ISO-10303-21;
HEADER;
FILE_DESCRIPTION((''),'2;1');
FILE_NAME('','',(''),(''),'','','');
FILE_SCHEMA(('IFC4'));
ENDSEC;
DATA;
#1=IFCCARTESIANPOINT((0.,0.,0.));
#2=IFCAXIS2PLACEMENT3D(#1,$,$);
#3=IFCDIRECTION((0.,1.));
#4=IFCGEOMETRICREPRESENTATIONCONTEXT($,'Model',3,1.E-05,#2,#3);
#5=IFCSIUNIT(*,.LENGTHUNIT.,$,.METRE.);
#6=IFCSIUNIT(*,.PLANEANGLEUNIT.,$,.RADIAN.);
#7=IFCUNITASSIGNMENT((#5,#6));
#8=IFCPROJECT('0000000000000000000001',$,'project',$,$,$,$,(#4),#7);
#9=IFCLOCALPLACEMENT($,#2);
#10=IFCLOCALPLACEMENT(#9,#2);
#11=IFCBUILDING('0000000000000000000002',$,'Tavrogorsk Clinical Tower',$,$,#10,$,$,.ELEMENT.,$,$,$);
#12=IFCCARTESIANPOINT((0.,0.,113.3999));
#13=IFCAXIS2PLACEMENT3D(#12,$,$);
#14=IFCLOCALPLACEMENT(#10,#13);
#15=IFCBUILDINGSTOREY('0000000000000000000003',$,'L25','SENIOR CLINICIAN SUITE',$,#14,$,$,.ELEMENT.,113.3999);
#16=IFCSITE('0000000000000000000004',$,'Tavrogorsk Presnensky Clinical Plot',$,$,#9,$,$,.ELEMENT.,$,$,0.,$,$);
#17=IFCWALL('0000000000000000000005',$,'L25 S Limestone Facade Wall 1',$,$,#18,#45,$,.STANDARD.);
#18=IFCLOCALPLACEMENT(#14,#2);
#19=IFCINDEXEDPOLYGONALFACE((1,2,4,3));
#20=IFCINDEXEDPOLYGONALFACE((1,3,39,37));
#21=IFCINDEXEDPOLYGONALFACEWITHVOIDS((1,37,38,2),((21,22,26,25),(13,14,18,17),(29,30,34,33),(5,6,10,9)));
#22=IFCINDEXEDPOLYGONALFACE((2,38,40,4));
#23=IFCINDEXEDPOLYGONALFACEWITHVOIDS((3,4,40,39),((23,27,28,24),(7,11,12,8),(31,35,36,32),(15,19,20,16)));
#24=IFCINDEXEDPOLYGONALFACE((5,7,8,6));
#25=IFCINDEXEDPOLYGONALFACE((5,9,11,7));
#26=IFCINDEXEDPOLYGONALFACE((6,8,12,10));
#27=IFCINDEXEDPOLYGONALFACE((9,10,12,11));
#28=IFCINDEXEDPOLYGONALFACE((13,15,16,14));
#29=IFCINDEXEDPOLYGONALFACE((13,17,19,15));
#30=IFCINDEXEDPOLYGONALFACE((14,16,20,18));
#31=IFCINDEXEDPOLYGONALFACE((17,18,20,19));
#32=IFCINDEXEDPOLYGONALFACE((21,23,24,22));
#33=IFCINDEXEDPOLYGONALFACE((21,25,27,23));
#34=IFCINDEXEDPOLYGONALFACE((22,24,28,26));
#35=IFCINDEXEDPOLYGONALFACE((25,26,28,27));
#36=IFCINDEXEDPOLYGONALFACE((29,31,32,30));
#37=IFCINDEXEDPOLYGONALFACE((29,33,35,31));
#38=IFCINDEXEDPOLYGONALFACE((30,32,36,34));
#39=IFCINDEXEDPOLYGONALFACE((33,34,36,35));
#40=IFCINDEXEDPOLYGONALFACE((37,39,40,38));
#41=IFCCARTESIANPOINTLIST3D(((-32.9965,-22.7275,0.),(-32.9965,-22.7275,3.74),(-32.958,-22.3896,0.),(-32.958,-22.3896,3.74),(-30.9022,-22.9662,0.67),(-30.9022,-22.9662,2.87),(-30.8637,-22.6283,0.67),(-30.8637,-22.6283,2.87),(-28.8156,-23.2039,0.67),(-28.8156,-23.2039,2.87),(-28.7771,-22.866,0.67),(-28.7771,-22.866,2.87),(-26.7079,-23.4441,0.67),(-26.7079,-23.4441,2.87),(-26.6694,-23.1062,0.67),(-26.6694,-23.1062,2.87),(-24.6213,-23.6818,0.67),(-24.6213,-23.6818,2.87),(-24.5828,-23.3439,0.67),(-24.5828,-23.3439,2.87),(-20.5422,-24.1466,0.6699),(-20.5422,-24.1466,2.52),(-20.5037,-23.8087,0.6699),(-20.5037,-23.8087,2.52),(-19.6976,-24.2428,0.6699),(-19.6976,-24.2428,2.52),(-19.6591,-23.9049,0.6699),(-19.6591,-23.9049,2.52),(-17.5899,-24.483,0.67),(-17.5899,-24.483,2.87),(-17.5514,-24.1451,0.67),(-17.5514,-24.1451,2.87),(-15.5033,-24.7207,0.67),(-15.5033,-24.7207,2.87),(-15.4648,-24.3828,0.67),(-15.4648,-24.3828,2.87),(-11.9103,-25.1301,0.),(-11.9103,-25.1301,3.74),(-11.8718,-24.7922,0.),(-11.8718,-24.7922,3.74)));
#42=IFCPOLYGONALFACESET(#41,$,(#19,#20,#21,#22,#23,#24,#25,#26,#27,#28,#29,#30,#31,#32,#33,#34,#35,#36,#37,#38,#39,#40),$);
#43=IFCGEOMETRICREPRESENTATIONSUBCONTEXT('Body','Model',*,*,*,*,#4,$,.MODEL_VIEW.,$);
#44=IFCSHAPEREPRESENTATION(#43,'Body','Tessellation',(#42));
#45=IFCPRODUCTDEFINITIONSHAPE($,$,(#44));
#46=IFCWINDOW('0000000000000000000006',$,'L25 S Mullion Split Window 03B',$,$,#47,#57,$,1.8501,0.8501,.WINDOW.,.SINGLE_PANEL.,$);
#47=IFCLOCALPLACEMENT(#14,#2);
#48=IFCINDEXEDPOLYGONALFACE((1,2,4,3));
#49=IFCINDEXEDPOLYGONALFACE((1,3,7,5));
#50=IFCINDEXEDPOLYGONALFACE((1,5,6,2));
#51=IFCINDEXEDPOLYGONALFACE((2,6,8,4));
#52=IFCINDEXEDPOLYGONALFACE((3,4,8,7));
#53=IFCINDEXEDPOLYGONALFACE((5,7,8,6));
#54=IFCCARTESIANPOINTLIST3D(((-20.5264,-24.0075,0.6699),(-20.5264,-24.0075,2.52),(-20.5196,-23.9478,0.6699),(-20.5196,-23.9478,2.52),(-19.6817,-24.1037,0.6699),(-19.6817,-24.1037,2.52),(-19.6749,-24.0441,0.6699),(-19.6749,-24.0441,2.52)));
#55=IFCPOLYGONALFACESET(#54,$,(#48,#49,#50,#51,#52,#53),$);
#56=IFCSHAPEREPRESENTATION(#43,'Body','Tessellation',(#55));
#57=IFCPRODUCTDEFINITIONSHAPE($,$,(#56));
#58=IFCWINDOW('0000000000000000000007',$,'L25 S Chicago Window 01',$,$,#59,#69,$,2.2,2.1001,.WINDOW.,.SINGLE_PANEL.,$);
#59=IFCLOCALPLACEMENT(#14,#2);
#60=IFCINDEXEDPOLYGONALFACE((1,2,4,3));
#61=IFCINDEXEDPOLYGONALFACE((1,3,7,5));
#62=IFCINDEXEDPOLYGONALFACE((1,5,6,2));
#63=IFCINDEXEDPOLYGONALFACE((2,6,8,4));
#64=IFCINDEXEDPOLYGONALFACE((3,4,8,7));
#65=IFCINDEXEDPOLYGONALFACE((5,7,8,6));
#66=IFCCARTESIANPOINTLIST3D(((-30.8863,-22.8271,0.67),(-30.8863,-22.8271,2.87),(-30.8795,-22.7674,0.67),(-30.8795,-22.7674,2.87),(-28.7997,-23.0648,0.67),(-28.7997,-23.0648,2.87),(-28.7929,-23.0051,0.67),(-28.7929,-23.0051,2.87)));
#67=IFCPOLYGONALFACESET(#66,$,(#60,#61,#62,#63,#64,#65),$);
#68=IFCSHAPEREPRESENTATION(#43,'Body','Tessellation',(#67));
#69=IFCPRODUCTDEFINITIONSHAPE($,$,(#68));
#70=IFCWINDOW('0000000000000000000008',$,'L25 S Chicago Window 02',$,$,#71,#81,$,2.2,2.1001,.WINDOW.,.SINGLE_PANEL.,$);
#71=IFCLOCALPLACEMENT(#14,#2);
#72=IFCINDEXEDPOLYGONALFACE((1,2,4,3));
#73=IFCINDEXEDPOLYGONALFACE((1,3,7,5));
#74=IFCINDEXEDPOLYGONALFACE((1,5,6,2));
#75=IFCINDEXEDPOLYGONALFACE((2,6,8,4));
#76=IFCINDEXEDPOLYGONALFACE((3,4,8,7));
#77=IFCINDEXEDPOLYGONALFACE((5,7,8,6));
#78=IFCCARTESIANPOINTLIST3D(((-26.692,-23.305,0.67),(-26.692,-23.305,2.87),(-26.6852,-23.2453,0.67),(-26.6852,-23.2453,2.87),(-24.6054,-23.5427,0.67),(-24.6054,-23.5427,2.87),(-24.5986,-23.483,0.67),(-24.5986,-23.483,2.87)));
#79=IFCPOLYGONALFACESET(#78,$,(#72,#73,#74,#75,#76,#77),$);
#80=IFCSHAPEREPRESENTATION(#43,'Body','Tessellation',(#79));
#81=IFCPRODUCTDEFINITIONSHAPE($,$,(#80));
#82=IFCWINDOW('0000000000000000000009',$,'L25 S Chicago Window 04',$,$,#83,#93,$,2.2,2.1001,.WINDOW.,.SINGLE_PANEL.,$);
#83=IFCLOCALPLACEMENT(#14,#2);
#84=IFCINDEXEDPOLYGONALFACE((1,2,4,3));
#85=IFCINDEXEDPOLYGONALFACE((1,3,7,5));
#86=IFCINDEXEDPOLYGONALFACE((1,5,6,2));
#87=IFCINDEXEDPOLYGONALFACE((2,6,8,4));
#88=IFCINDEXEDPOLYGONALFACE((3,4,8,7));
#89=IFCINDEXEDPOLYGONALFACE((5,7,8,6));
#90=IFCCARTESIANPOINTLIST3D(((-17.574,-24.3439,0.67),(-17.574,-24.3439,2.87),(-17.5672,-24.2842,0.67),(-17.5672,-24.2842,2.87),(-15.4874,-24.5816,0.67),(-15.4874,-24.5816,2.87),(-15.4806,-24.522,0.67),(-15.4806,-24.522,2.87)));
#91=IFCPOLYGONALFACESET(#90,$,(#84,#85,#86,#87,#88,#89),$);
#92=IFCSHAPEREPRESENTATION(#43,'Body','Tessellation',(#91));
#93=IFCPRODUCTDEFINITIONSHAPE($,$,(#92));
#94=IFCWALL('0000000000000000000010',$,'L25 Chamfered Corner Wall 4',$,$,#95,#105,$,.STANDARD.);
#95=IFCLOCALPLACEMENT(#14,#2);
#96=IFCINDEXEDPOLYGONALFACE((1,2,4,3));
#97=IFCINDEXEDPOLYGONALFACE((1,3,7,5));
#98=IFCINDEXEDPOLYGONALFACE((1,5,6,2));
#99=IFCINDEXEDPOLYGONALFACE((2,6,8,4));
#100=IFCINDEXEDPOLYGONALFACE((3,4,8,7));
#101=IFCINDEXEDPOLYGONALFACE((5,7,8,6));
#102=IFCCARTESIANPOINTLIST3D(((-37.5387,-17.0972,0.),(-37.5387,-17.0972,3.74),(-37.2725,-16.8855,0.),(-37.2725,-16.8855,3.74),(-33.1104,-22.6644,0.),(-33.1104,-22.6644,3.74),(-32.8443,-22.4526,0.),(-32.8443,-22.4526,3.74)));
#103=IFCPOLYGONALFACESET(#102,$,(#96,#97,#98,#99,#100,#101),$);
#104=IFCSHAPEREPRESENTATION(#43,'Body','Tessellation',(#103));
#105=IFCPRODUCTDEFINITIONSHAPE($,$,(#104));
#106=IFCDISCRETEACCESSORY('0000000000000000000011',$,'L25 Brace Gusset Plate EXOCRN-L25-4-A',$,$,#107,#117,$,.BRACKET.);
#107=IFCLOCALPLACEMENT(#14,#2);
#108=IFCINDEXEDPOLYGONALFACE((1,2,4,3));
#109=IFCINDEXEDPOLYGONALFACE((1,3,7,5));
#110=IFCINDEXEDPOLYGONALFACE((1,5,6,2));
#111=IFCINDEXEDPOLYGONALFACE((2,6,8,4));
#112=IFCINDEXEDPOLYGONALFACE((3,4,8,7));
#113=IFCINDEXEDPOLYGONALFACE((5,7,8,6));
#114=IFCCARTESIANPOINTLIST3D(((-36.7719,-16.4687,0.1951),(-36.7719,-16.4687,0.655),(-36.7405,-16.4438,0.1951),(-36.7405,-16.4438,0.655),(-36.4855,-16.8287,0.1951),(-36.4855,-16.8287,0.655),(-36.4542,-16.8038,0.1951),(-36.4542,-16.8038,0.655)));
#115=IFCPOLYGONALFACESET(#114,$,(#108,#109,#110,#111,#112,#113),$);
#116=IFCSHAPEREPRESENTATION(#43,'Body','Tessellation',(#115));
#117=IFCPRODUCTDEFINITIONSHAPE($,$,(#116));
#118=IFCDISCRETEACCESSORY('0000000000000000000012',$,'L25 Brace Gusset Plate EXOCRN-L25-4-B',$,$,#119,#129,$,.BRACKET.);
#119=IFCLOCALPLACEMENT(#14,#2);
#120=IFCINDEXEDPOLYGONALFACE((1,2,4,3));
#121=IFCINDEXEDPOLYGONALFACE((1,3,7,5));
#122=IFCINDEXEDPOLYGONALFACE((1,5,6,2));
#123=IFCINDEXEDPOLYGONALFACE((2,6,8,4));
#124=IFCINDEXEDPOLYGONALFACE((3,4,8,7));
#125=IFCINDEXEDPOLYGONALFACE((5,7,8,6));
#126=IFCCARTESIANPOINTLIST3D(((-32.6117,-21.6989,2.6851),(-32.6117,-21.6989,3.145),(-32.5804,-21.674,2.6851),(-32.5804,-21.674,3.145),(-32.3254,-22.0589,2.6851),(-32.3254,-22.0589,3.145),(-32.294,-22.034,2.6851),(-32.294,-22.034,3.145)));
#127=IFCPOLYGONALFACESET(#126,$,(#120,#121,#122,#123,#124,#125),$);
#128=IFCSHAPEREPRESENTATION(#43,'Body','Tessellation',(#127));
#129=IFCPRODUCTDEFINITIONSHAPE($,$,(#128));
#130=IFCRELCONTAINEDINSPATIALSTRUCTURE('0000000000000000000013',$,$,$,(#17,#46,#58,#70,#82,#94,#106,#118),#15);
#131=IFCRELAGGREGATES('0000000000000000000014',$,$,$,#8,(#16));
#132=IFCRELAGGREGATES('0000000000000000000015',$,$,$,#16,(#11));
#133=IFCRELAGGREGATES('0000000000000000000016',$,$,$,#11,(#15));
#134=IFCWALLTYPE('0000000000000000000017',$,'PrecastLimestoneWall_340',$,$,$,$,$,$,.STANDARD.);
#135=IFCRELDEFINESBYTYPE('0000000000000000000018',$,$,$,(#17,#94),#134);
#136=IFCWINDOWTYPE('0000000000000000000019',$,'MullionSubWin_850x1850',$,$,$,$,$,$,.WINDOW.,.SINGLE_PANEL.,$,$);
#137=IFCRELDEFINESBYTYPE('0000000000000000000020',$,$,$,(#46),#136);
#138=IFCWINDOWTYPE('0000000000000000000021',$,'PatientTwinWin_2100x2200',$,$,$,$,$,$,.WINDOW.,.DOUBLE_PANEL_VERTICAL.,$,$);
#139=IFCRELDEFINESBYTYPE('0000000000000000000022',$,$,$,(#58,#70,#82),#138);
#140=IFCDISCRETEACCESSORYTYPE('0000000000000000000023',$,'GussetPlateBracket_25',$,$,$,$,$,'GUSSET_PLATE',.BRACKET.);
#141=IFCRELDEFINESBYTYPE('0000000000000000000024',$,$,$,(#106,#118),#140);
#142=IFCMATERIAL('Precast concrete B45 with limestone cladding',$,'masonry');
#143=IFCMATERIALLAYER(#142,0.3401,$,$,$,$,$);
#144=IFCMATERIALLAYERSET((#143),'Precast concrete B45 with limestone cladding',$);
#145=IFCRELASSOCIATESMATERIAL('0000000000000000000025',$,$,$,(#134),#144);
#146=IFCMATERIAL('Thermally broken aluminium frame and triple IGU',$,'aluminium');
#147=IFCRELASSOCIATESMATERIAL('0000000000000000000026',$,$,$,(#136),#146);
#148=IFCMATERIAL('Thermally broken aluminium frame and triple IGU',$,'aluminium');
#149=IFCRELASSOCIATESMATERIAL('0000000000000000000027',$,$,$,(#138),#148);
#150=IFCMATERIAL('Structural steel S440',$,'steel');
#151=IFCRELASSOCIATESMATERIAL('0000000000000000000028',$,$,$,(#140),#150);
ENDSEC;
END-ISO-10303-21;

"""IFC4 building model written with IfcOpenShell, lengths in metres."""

from ifc_helpers import new_model, si_unit, direction, frame, frame_2d, origin, origin_2d, place, context, subcontext, project, spatial, rectangle, extrude, material, layer, layer_set, type_object, element, fill, save


model = new_model("IFC4")

# Units and contexts
model_context = context("Model", 3, precision=1e-05, world=origin(), true_north=direction((0.0, 1.0)))
body_context = subcontext(model_context, "Body", "Model", "MODEL_VIEW")
ifc_project = project(units=[si_unit("LENGTHUNIT", "METRE"), si_unit("PLANEANGLEUNIT", "RADIAN")], contexts=[model_context])

# Site, building, storey
site_placement = place(None, origin())
site = spatial("IfcSite", under=ifc_project, at=site_placement, Name="Tavrogorsk Presnensky Clinical Plot", CompositionType="ELEMENT", RefElevation=0.0)
building_placement = place(site_placement, origin())
building = spatial("IfcBuilding", under=site, at=building_placement, Name="Tavrogorsk Clinical Tower", CompositionType="ELEMENT")
storey_placement = place(building_placement, frame((0.0, 0.0, 113.3999)))
storey = spatial("IfcBuildingStorey", under=building, at=storey_placement, Name="L25", Description="SENIOR CLINICIAN SUITE", CompositionType="ELEMENT", Elevation=113.3999)

# Wall, openings, windows
ifc_material_1 = material(Name="Precast concrete B45 with limestone cladding", Category="masonry")
ifc_layer_1 = layer(ifc_material_1, 0.3401)
ifc_layer_set_1 = layer_set([ifc_layer_1], Name="Precast concrete B45 with limestone cladding")
wall_type_1 = type_object("IfcWallType", Name="PrecastLimestoneWall_340", PredefinedType="STANDARD", material=ifc_layer_set_1)
wall_1_placement = place(storey_placement, frame((-32.9773, -22.5586, 0.0), z_axis=(0.0, 0.0, 1.0), x_axis=(0.993571, -0.113209, 0.0)))
wall_1 = element("IfcWall", 1, at=wall_1_placement, inside=storey, type_object=wall_type_1, Name="L25 S Limestone Facade Wall 1", PredefinedType="STANDARD", context=body_context, shape_type="SweptSolid", body=[
    extrude(rectangle(XDim=21.2227, YDim=0.3401, at=frame_2d((10.6113, 0.0))), origin(), (0.0, 0.0, 1.0), 3.74),
])
opening_1_placement = place(wall_1_placement, frame((2.1079, 0.0, 0.6699)))
opening_1 = element("IfcOpeningElement", 2, at=opening_1_placement, cuts=wall_1, PredefinedType="OPENING", context=body_context, shape_type="SweptSolid", body=[
    extrude(rectangle(XDim=2.1001, YDim=2.2, at=frame_2d((1.05, 1.1001))), frame((0.0, 0.1799, 0.0), z_axis=(0.0, -1.0, 0.0), x_axis=(1.0, 0.0, 0.0)), (0.0, 0.0, 1.0), 0.3601),
])
opening_2_placement = place(wall_1_placement, frame((6.3293, 0.0, 0.6699)))
opening_2 = element("IfcOpeningElement", 3, at=opening_2_placement, cuts=wall_1, PredefinedType="OPENING", context=body_context, shape_type="SweptSolid", body=[
    extrude(rectangle(XDim=2.1001, YDim=2.2, at=frame_2d((1.05, 1.1001))), frame((0.0, 0.1799, 0.0), z_axis=(0.0, -1.0, 0.0), x_axis=(1.0, 0.0, 0.0)), (0.0, 0.0, 1.0), 0.3601),
])
opening_3_placement = place(wall_1_placement, frame((12.5349, 0.0, 0.6699)))
opening_3 = element("IfcOpeningElement", 4, at=opening_3_placement, cuts=wall_1, PredefinedType="OPENING", context=body_context, shape_type="SweptSolid", body=[
    extrude(rectangle(XDim=0.8501, YDim=1.8501, at=frame_2d((0.425, 0.925))), frame((0.0, 0.1799, 0.0), z_axis=(0.0, -1.0, 0.0), x_axis=(1.0, 0.0, 0.0)), (0.0, 0.0, 1.0), 0.3601),
])
opening_4_placement = place(wall_1_placement, frame((15.5063, 0.0, 0.6699)))
opening_4 = element("IfcOpeningElement", 5, at=opening_4_placement, cuts=wall_1, PredefinedType="OPENING", context=body_context, shape_type="SweptSolid", body=[
    extrude(rectangle(XDim=2.1001, YDim=2.2, at=frame_2d((1.05, 1.1001))), frame((0.0, 0.1799, 0.0), z_axis=(0.0, -1.0, 0.0), x_axis=(1.0, 0.0, 0.0)), (0.0, 0.0, 1.0), 0.3601),
])
ifc_material_2 = material(Name="Thermally broken aluminium frame and triple IGU", Category="aluminium")
window_type_1 = type_object("IfcWindowType", Name="MullionSubWin_850x1850", PartitioningType="SINGLE_PANEL", PredefinedType="WINDOW", material=ifc_material_2)
window_1_placement = place(opening_3_placement, origin())
window_1 = element("IfcWindow", 6, at=window_1_placement, inside=storey, type_object=window_type_1, Name="L25 S Mullion Split Window 03B", OverallHeight=1.8501, OverallWidth=0.8501, PartitioningType="SINGLE_PANEL", PredefinedType="WINDOW", context=body_context, shape_type="SweptSolid", body=[
    extrude(rectangle(XDim=0.8501, YDim=1.8501, at=frame_2d((0.425, 0.925))), frame((0.0, 0.03, 0.0), z_axis=(0.0, -1.0, 0.0), x_axis=(1.0, 0.0, 0.0)), (0.0, 0.0, 1.0), 0.0601),
])
fill(opening_3, window_1)
ifc_material_3 = material(Name="Thermally broken aluminium frame and triple IGU", Category="aluminium")
window_type_2 = type_object("IfcWindowType", Name="PatientTwinWin_2100x2200", PartitioningType="DOUBLE_PANEL_VERTICAL", PredefinedType="WINDOW", material=ifc_material_3)
window_2_placement = place(opening_1_placement, origin())
window_2 = element("IfcWindow", 7, at=window_2_placement, inside=storey, type_object=window_type_2, Name="L25 S Chicago Window 01", OverallHeight=2.2, OverallWidth=2.1001, PartitioningType="SINGLE_PANEL", PredefinedType="WINDOW", context=body_context, shape_type="SweptSolid", body=[
    extrude(rectangle(XDim=2.1001, YDim=2.2, at=frame_2d((1.05, 1.1001))), frame((0.0, 0.03, 0.0), z_axis=(0.0, -1.0, 0.0), x_axis=(1.0, 0.0, 0.0)), (0.0, 0.0, 1.0), 0.0601),
])
fill(opening_1, window_2)
window_3_placement = place(opening_2_placement, origin())
window_3 = element("IfcWindow", 8, at=window_3_placement, inside=storey, type_object=window_type_2, Name="L25 S Chicago Window 02", OverallHeight=2.2, OverallWidth=2.1001, PartitioningType="SINGLE_PANEL", PredefinedType="WINDOW", context=body_context, shape_type="SweptSolid", body=[
    extrude(rectangle(XDim=2.1001, YDim=2.2, at=frame_2d((1.05, 1.1001))), frame((0.0, 0.03, 0.0), z_axis=(0.0, -1.0, 0.0), x_axis=(1.0, 0.0, 0.0)), (0.0, 0.0, 1.0), 0.0601),
])
fill(opening_2, window_3)
window_4_placement = place(opening_4_placement, origin())
window_4 = element("IfcWindow", 9, at=window_4_placement, inside=storey, type_object=window_type_2, Name="L25 S Chicago Window 04", OverallHeight=2.2, OverallWidth=2.1001, PartitioningType="SINGLE_PANEL", PredefinedType="WINDOW", context=body_context, shape_type="SweptSolid", body=[
    extrude(rectangle(XDim=2.1001, YDim=2.2, at=frame_2d((1.05, 1.1001))), frame((0.0, 0.03, 0.0), z_axis=(0.0, -1.0, 0.0), x_axis=(1.0, 0.0, 0.0)), (0.0, 0.0, 1.0), 0.0601),
])
fill(opening_4, window_4)

# Wall
wall_2_placement = place(storey_placement, frame((-37.4055, -16.9915, 0.0), z_axis=(0.0, 0.0, 1.0), x_axis=(0.622508, -0.782614, 0.0)))
element("IfcWall", 10, at=wall_2_placement, inside=storey, type_object=wall_type_1, Name="L25 Chamfered Corner Wall 4", PredefinedType="STANDARD", context=body_context, shape_type="SweptSolid", body=[
    extrude(rectangle(XDim=7.1135, YDim=0.3401, at=frame_2d((3.5566, 0.0))), origin(), (0.0, 0.0, 1.0), 3.74),
])

# Discrete accessories
ifc_material_4 = material(Name="Structural steel S440", Category="steel")
discrete_accessory_type = type_object("IfcDiscreteAccessoryType", Name="GussetPlateBracket_25", ElementType="GUSSET_PLATE", PredefinedType="BRACKET", material=ifc_material_4)
for number, where, z_axis, x_axis, name in (
    (11, (-36.613, -16.6362, 0.1951), (0.0, 0.0, 1.0), (0.622515, -0.782608, 0.0), "L25 Brace Gusset Plate EXOCRN-L25-4-A"),
    (12, (-32.4529, -21.8665, 2.6851), (0.0, 0.0, 1.0), (0.622515, -0.782608, 0.0), "L25 Brace Gusset Plate EXOCRN-L25-4-B"),
):
    element("IfcDiscreteAccessory", number, at=place(storey_placement, frame(where, z_axis=z_axis, x_axis=x_axis)), inside=storey, type_object=discrete_accessory_type, Name=name, PredefinedType="BRACKET", context=body_context, shape_type="SweptSolid", body=[
        extrude(rectangle(XDim=0.46, YDim=0.04, at=origin_2d()), origin(), (0.0, 0.0, 1.0), 0.46),
    ])

save(model, "model.ifc")
